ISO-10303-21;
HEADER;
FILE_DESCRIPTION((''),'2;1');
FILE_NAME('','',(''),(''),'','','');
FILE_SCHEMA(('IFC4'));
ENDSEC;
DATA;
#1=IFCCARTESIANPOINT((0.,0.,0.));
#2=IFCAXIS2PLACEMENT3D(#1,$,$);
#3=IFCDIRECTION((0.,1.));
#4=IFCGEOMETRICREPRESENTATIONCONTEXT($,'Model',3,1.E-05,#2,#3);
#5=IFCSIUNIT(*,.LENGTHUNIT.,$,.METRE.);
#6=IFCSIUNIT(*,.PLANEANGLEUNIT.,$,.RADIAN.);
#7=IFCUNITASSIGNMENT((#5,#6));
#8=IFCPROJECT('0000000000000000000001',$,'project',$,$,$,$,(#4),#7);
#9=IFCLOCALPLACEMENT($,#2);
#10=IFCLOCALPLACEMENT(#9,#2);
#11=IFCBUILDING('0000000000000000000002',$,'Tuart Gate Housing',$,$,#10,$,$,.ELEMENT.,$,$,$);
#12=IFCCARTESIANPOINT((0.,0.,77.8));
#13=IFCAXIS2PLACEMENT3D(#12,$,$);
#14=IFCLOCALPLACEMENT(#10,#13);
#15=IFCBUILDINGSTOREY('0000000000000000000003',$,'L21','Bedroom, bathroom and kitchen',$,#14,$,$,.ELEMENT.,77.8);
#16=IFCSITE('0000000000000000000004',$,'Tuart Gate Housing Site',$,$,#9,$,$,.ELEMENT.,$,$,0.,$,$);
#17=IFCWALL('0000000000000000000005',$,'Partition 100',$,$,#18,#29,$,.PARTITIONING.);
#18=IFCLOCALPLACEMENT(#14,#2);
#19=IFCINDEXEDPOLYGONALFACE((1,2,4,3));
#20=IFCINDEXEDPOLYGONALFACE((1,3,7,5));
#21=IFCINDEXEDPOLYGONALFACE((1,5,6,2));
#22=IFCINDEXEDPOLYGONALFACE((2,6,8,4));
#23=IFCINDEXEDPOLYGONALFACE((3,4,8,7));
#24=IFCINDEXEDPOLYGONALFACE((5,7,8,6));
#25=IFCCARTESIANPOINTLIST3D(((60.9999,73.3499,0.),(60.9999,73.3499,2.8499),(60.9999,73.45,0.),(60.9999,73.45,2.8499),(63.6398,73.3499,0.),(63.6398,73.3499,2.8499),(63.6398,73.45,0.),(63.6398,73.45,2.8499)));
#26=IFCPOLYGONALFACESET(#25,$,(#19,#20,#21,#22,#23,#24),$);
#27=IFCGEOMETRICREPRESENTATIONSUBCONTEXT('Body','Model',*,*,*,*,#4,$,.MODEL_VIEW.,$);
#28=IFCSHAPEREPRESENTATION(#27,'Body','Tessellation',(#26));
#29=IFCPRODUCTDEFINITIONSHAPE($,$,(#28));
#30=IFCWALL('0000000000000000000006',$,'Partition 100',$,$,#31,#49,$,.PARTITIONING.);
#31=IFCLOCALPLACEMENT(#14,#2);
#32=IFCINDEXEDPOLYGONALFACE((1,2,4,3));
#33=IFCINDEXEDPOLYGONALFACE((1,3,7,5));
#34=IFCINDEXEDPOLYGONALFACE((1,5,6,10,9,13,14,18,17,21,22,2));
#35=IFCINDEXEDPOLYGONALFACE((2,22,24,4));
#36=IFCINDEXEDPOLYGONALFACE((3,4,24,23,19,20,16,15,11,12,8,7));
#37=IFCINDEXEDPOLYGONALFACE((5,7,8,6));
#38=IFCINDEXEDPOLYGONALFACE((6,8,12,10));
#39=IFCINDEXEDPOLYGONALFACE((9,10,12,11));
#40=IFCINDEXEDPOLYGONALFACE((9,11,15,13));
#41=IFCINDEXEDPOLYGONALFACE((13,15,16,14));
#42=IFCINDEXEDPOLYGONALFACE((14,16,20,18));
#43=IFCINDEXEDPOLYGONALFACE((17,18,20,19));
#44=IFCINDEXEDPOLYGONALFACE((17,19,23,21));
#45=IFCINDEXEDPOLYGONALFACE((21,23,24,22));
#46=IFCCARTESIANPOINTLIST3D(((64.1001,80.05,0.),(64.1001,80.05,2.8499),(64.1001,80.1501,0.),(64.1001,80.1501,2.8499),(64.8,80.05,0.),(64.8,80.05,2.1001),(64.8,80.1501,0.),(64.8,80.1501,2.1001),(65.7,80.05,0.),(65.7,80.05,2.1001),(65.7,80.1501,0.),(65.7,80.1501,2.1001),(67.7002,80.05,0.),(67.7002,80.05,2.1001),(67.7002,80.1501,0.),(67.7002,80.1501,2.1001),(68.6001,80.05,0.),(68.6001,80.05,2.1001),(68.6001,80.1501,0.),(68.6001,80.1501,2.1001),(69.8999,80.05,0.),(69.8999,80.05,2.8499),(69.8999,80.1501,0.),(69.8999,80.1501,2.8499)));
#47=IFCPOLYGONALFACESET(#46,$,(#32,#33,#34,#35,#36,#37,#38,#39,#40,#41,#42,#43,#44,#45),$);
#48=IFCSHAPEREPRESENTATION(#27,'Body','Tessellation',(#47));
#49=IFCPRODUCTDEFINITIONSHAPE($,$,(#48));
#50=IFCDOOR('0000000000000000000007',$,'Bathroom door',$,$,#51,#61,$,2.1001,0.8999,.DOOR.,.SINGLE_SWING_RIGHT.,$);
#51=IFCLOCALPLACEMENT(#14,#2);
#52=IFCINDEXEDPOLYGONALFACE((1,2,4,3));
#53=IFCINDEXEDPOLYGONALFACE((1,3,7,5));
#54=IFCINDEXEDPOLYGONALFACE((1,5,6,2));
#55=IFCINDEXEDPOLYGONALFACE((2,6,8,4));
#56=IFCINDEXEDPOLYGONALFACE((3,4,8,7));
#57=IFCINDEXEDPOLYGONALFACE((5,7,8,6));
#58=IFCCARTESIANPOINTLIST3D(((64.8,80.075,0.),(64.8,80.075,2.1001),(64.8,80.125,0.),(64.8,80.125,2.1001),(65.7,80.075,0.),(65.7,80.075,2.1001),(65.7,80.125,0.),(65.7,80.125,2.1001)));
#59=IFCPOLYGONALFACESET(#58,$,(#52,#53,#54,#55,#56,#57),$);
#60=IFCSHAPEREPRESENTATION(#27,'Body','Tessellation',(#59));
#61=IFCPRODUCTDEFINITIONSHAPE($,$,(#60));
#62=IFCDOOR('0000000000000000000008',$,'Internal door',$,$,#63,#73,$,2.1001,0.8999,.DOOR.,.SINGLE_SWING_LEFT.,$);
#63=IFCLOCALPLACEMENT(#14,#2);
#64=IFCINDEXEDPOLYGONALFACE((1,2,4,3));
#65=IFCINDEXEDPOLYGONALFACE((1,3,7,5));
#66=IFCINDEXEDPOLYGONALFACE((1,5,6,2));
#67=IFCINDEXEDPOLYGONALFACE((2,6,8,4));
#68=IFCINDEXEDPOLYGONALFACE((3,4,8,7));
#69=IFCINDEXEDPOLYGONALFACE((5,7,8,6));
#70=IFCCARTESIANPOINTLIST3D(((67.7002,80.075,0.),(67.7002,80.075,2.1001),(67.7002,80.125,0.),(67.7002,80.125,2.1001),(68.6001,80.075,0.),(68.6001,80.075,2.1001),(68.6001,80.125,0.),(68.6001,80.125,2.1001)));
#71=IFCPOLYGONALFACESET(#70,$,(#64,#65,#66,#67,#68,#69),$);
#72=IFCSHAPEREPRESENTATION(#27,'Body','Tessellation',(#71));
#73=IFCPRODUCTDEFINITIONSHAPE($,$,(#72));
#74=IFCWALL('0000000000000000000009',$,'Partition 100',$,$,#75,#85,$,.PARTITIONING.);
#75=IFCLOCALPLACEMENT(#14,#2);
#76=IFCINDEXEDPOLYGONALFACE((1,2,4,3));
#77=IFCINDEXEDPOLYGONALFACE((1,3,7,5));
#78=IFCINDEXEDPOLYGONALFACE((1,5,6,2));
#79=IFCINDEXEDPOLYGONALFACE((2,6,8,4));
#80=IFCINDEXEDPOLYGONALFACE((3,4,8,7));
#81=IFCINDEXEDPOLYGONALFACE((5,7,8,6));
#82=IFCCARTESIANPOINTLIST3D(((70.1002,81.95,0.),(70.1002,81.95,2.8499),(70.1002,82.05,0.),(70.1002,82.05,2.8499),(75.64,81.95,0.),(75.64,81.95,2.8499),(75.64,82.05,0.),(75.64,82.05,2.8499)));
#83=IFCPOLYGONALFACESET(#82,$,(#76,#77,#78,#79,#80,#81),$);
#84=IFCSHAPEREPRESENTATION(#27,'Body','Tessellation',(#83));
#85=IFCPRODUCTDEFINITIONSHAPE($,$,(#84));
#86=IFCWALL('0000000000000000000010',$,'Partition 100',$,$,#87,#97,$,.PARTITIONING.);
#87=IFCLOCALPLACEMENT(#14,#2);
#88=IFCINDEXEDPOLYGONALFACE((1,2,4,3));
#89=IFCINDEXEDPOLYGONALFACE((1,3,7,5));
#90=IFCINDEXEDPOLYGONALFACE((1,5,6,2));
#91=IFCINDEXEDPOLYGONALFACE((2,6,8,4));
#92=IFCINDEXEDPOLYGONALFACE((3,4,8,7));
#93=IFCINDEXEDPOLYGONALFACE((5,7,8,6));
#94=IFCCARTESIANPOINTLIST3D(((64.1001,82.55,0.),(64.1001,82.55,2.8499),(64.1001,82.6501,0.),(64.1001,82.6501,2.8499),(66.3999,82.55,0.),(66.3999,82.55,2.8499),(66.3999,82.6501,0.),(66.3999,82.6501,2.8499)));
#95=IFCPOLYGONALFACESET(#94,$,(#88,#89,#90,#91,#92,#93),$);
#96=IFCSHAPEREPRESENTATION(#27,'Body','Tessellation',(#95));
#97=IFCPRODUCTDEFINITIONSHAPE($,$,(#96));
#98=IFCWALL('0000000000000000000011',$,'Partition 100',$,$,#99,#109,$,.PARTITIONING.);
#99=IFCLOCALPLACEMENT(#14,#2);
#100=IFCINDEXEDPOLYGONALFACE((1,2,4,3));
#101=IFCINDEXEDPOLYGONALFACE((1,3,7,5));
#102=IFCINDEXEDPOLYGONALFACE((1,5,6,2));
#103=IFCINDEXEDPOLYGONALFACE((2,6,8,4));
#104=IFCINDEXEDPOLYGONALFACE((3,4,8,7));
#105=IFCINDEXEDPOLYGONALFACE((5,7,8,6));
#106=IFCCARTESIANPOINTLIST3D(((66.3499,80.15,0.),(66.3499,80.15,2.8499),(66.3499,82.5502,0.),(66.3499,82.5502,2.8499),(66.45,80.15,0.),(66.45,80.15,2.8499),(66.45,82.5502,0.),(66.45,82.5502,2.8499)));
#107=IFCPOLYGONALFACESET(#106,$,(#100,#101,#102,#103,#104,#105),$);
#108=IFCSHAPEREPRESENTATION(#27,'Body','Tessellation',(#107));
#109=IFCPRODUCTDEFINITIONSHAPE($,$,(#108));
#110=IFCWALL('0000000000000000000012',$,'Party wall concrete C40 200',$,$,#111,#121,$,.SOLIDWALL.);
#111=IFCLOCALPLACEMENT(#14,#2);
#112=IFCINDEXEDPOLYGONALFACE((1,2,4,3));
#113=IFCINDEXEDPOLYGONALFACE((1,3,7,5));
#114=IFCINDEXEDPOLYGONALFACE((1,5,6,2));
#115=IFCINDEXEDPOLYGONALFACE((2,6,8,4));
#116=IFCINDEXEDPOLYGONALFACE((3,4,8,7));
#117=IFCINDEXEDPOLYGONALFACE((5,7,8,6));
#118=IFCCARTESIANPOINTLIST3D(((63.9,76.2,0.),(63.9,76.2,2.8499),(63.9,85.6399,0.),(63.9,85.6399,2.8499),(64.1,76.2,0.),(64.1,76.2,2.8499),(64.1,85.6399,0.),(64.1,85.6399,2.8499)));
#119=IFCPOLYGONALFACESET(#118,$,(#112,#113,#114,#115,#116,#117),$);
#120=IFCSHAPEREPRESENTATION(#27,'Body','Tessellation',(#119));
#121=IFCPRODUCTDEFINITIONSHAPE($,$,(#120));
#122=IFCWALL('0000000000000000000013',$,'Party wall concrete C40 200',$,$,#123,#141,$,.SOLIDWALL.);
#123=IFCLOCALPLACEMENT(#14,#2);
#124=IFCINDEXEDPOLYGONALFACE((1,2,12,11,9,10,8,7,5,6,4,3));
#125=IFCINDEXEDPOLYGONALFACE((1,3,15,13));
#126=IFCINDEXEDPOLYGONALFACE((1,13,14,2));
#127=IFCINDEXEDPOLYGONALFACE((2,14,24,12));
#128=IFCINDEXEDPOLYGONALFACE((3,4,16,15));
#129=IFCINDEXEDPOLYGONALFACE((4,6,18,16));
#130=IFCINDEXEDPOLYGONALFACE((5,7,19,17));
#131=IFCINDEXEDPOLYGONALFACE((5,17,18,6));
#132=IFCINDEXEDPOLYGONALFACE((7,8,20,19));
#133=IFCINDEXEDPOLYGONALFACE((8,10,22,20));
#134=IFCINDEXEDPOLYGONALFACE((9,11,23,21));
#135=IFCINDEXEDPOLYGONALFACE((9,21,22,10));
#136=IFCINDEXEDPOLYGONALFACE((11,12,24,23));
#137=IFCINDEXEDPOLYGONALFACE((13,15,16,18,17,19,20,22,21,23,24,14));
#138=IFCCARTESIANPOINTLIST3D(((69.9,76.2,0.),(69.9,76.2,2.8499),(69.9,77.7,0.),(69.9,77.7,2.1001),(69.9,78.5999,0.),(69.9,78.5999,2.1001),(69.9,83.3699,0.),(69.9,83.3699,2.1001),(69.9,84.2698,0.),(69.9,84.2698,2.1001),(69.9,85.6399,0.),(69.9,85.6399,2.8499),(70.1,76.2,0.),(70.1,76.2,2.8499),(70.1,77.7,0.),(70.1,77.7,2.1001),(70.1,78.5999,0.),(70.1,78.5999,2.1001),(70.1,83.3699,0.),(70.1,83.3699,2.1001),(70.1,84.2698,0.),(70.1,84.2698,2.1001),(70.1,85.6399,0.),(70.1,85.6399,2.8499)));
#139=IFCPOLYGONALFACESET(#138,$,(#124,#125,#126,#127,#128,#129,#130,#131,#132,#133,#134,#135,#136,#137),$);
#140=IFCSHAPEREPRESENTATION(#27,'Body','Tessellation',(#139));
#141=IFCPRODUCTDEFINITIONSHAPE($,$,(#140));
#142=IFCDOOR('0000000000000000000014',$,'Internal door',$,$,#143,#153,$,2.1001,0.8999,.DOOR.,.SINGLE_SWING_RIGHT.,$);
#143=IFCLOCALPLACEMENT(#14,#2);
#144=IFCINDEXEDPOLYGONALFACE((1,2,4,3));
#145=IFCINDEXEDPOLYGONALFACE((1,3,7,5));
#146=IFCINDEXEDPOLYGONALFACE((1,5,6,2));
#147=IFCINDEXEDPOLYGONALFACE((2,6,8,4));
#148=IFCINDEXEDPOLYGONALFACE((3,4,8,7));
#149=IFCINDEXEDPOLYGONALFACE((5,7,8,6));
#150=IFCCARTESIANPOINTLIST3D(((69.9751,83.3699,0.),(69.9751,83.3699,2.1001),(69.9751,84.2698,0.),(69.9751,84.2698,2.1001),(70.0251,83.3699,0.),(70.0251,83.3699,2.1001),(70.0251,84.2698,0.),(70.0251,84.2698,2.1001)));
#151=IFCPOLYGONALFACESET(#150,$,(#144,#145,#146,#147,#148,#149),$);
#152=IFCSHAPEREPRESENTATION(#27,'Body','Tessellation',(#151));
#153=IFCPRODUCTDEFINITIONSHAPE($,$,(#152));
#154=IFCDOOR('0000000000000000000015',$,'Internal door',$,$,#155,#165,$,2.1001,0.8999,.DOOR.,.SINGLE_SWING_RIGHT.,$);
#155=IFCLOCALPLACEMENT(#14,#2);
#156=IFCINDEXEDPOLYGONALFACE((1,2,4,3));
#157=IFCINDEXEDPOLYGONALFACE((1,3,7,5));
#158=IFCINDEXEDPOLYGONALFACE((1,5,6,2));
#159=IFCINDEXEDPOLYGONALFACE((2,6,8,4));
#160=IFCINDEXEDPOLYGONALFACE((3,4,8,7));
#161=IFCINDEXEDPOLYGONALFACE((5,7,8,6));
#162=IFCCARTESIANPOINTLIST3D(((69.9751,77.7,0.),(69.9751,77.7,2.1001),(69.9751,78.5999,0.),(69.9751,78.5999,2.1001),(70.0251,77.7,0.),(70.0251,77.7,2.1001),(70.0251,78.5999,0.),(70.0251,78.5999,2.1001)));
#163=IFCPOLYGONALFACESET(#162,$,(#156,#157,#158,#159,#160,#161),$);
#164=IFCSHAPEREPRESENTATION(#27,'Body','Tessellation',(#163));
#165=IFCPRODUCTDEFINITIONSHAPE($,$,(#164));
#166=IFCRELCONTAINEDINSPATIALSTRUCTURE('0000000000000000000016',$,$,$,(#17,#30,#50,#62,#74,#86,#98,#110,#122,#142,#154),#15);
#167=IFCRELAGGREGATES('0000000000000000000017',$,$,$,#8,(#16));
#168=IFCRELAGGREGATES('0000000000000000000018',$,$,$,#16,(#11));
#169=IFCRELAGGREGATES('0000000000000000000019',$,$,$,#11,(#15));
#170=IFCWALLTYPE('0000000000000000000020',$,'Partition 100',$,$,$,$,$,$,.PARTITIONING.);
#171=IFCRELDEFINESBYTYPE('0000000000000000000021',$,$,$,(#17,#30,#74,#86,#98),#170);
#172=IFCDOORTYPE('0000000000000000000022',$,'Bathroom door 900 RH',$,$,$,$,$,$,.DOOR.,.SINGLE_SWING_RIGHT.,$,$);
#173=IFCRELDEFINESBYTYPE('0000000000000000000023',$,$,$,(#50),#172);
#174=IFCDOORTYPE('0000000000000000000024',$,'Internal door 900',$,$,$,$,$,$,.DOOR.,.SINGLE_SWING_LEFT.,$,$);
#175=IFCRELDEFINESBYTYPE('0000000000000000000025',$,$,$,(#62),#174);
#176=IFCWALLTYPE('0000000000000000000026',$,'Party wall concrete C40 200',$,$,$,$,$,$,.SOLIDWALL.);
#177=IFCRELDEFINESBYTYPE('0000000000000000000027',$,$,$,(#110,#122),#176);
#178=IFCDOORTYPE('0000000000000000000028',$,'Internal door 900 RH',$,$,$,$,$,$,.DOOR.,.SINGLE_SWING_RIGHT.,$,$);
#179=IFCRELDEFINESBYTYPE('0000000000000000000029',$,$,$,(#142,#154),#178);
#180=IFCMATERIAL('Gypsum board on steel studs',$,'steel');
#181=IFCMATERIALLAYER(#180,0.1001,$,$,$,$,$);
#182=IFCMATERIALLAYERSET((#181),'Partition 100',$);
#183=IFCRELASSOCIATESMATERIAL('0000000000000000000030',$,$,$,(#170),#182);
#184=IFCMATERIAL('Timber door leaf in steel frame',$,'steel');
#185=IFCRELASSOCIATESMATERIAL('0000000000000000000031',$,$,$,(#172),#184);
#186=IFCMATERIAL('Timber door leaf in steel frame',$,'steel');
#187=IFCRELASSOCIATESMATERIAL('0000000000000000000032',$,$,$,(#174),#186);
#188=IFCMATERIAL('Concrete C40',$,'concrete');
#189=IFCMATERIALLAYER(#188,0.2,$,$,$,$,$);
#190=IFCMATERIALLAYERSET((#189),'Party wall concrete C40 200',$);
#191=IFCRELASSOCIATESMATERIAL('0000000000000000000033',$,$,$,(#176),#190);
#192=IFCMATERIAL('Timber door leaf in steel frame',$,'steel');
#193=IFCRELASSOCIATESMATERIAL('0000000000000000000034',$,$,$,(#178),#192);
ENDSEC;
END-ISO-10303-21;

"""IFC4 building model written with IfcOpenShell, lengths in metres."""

from ifc_helpers import new_model, si_unit, direction, frame, frame_2d, origin, place, context, subcontext, project, spatial, rectangle, extrude, material, layer, layer_set, type_object, element, fill, save


model = new_model("IFC4")

# Units and contexts
model_context = context("Model", 3, precision=1e-05, world=origin(), true_north=direction((0.0, 1.0)))
body_context = subcontext(model_context, "Body", "Model", "MODEL_VIEW")
ifc_project = project(units=[si_unit("LENGTHUNIT", "METRE"), si_unit("PLANEANGLEUNIT", "RADIAN")], contexts=[model_context])

# Site, building, storey
site_placement = place(None, origin())
site = spatial("IfcSite", under=ifc_project, at=site_placement, Name="Tuart Gate Housing Site", CompositionType="ELEMENT", RefElevation=0.0)
building_placement = place(site_placement, origin())
building = spatial("IfcBuilding", under=site, at=building_placement, Name="Tuart Gate Housing", CompositionType="ELEMENT")
storey_placement = place(building_placement, frame((0.0, 0.0, 77.8)))
storey = spatial("IfcBuildingStorey", under=building, at=storey_placement, Name="L21", Description="Bedroom, bathroom and kitchen", CompositionType="ELEMENT", Elevation=77.8)

# Wall
ifc_material_1 = material(Name="Gypsum board on steel studs", Category="steel")
ifc_layer_1 = layer(ifc_material_1, 0.1001)
ifc_layer_set_1 = layer_set([ifc_layer_1], Name="Partition 100")
wall_type_1 = type_object("IfcWallType", Name="Partition 100", PredefinedType="PARTITIONING", material=ifc_layer_set_1)
wall_1_placement = place(storey_placement, frame((61.0, 73.3999, 0.0), z_axis=(0.0, 0.0, 1.0), x_axis=(1.0, 0.0, 0.0)))
element("IfcWall", 1, at=wall_1_placement, inside=storey, type_object=wall_type_1, Name="Partition 100", PredefinedType="PARTITIONING", context=body_context, shape_type="SweptSolid", body=[
    extrude(rectangle(XDim=2.6399, YDim=0.1001, at=frame_2d((1.3198, 0.0))), origin(), (0.0, 0.0, 1.0), 2.8499),
])

# Wall, openings, doors
wall_2_placement = place(storey_placement, frame((64.1001, 80.1001, 0.0), z_axis=(0.0, 0.0, 1.0), x_axis=(1.0, 0.0, 0.0)))
wall_2 = element("IfcWall", 2, at=wall_2_placement, inside=storey, type_object=wall_type_1, Name="Partition 100", PredefinedType="PARTITIONING", context=body_context, shape_type="SweptSolid", body=[
    extrude(rectangle(XDim=5.7998, YDim=0.1001, at=frame_2d((2.8999, 0.0))), origin(), (0.0, 0.0, 1.0), 2.8499),
])
opening_1_placement = place(wall_2_placement, frame((3.6001, 0.0, 0.0)))
opening_1 = element("IfcOpeningElement", 3, at=opening_1_placement, cuts=wall_2, PredefinedType="OPENING", context=body_context, shape_type="SweptSolid", body=[
    extrude(rectangle(XDim=0.8999, YDim=2.1001, at=frame_2d((0.45, 1.05))), frame((0.0, 0.0601, 0.0), z_axis=(0.0, -1.0, 0.0), x_axis=(1.0, 0.0, 0.0)), (0.0, 0.0, 1.0), 0.1201),
])
opening_2_placement = place(wall_2_placement, frame((0.7, 0.0, 0.0)))
opening_2 = element("IfcOpeningElement", 4, at=opening_2_placement, cuts=wall_2, PredefinedType="OPENING", context=body_context, shape_type="SweptSolid", body=[
    extrude(rectangle(XDim=0.8999, YDim=2.1001, at=frame_2d((0.45, 1.05))), frame((0.0, 0.0601, 0.0), z_axis=(0.0, -1.0, 0.0), x_axis=(1.0, 0.0, 0.0)), (0.0, 0.0, 1.0), 0.1201),
])
ifc_material_2 = material(Name="Timber door leaf in steel frame", Category="steel")
door_type_1 = type_object("IfcDoorType", Name="Bathroom door 900 RH", OperationType="SINGLE_SWING_RIGHT", PredefinedType="DOOR", material=ifc_material_2)
door_1_placement = place(opening_2_placement, origin())
door_1 = element("IfcDoor", 5, at=door_1_placement, inside=storey, type_object=door_type_1, Name="Bathroom door", OperationType="SINGLE_SWING_RIGHT", OverallHeight=2.1001, OverallWidth=0.8999, PredefinedType="DOOR", context=body_context, shape_type="SweptSolid", body=[
    extrude(rectangle(XDim=0.8999, YDim=2.1001, at=frame_2d((0.45, 1.05))), frame((0.0, 0.0249, 0.0), z_axis=(0.0, -1.0, 0.0), x_axis=(1.0, 0.0, 0.0)), (0.0, 0.0, 1.0), 0.05),
])
fill(opening_2, door_1)
ifc_material_3 = material(Name="Timber door leaf in steel frame", Category="steel")
door_type_2 = type_object("IfcDoorType", Name="Internal door 900", OperationType="SINGLE_SWING_LEFT", PredefinedType="DOOR", material=ifc_material_3)
door_2_placement = place(opening_1_placement, frame((0.8999, 0.0, 0.0), z_axis=(0.0, 0.0, 1.0), x_axis=(-1.0, 0.0, 0.0)))
door_2 = element("IfcDoor", 6, at=door_2_placement, inside=storey, type_object=door_type_2, Name="Internal door", OperationType="SINGLE_SWING_LEFT", OverallHeight=2.1001, OverallWidth=0.8999, PredefinedType="DOOR", context=body_context, shape_type="SweptSolid", body=[
    extrude(rectangle(XDim=0.8999, YDim=2.1001, at=frame_2d((0.45, 1.05))), frame((0.0, 0.0251, 0.0), z_axis=(0.0, -1.0, 0.0), x_axis=(1.0, 0.0, 0.0)), (0.0, 0.0, 1.0), 0.05),
])
fill(opening_1, door_2)

# Walls
wall_3_placement = place(storey_placement, frame((70.1001, 82.0, 0.0), z_axis=(0.0, 0.0, 1.0), x_axis=(1.0, 0.0, 0.0)))
element("IfcWall", 7, at=wall_3_placement, inside=storey, type_object=wall_type_1, Name="Partition 100", PredefinedType="PARTITIONING", context=body_context, shape_type="SweptSolid", body=[
    extrude(rectangle(XDim=5.5398, YDim=0.1001, at=frame_2d((2.77, 0.0))), origin(), (0.0, 0.0, 1.0), 2.8499),
])
wall_4_placement = place(storey_placement, frame((64.1001, 82.6001, 0.0), z_axis=(0.0, 0.0, 1.0), x_axis=(1.0, 0.0, 0.0)))
element("IfcWall", 8, at=wall_4_placement, inside=storey, type_object=wall_type_1, Name="Partition 100", PredefinedType="PARTITIONING", context=body_context, shape_type="SweptSolid", body=[
    extrude(rectangle(XDim=2.2998, YDim=0.1001, at=frame_2d((1.1499, 0.0))), origin(), (0.0, 0.0, 1.0), 2.8499),
])
wall_5_placement = place(storey_placement, frame((66.3999, 80.1499, 0.0), z_axis=(0.0, 0.0, 1.0), x_axis=(0.0, 1.0, 0.0)))
element("IfcWall", 9, at=wall_5_placement, inside=storey, type_object=wall_type_1, Name="Partition 100", PredefinedType="PARTITIONING", context=body_context, shape_type="SweptSolid", body=[
    extrude(rectangle(XDim=2.4001, YDim=0.1001, at=frame_2d((1.2002, 0.0))), origin(), (0.0, 0.0, 1.0), 2.8499),
])
ifc_material_4 = material(Name="Concrete C40", Category="concrete")
ifc_layer_2 = layer(ifc_material_4, 0.2)
ifc_layer_set_2 = layer_set([ifc_layer_2], Name="Party wall concrete C40 200")
wall_type_2 = type_object("IfcWallType", Name="Party wall concrete C40 200", PredefinedType="SOLIDWALL", material=ifc_layer_set_2)
wall_6_placement = place(storey_placement, frame((64.0, 76.2, 0.0), z_axis=(0.0, 0.0, 1.0), x_axis=(0.0, 1.0, 0.0)))
element("IfcWall", 10, at=wall_6_placement, inside=storey, type_object=wall_type_2, Name="Party wall concrete C40 200", PredefinedType="SOLIDWALL", context=body_context, shape_type="SweptSolid", body=[
    extrude(rectangle(XDim=9.4399, YDim=0.2, at=frame_2d((4.72, 0.0))), origin(), (0.0, 0.0, 1.0), 2.8499),
])

# Wall, openings, doors
wall_7_placement = place(storey_placement, frame((70.0, 76.2, 0.0), z_axis=(0.0, 0.0, 1.0), x_axis=(0.0, 1.0, 0.0)))
wall_7 = element("IfcWall", 11, at=wall_7_placement, inside=storey, type_object=wall_type_2, Name="Party wall concrete C40 200", PredefinedType="SOLIDWALL", context=body_context, shape_type="SweptSolid", body=[
    extrude(rectangle(XDim=9.4399, YDim=0.2, at=frame_2d((4.72, 0.0))), origin(), (0.0, 0.0, 1.0), 2.8499),
])
opening_3_placement = place(wall_7_placement, frame((7.1699, 0.0, 0.0)))
opening_3 = element("IfcOpeningElement", 12, at=opening_3_placement, cuts=wall_7, PredefinedType="OPENING", context=body_context, shape_type="SweptSolid", body=[
    extrude(rectangle(XDim=0.8999, YDim=2.1001, at=frame_2d((0.45, 1.05))), frame((0.0, 0.1099, 0.0), z_axis=(0.0, -1.0, 0.0), x_axis=(1.0, 0.0, 0.0)), (0.0, 0.0, 1.0), 0.22),
])
opening_4_placement = place(wall_7_placement, frame((1.5, 0.0, 0.0)))
opening_4 = element("IfcOpeningElement", 13, at=opening_4_placement, cuts=wall_7, PredefinedType="OPENING", context=body_context, shape_type="SweptSolid", body=[
    extrude(rectangle(XDim=0.8999, YDim=2.1001, at=frame_2d((0.45, 1.05))), frame((0.0, 0.1099, 0.0), z_axis=(0.0, -1.0, 0.0), x_axis=(1.0, 0.0, 0.0)), (0.0, 0.0, 1.0), 0.22),
])
ifc_material_5 = material(Name="Timber door leaf in steel frame", Category="steel")
door_type_3 = type_object("IfcDoorType", Name="Internal door 900 RH", OperationType="SINGLE_SWING_RIGHT", PredefinedType="DOOR", material=ifc_material_5)
door_3_placement = place(opening_3_placement, frame((0.8999, 0.0, 0.0), z_axis=(0.0, 0.0, 1.0), x_axis=(-1.0, 0.0, 0.0)))
door_3 = element("IfcDoor", 14, at=door_3_placement, inside=storey, type_object=door_type_3, Name="Internal door", OperationType="SINGLE_SWING_RIGHT", OverallHeight=2.1001, OverallWidth=0.8999, PredefinedType="DOOR", context=body_context, shape_type="SweptSolid", body=[
    extrude(rectangle(XDim=0.8999, YDim=2.1001, at=frame_2d((0.45, 1.05))), frame((0.0, 0.0251, 0.0), z_axis=(0.0, -1.0, 0.0), x_axis=(1.0, 0.0, 0.0)), (0.0, 0.0, 1.0), 0.05),
])
fill(opening_3, door_3)
door_4_placement = place(opening_4_placement, frame((0.8999, 0.0, 0.0), z_axis=(0.0, 0.0, 1.0), x_axis=(-1.0, 0.0, 0.0)))
door_4 = element("IfcDoor", 15, at=door_4_placement, inside=storey, type_object=door_type_3, Name="Internal door", OperationType="SINGLE_SWING_RIGHT", OverallHeight=2.1001, OverallWidth=0.8999, PredefinedType="DOOR", context=body_context, shape_type="SweptSolid", body=[
    extrude(rectangle(XDim=0.8999, YDim=2.1001, at=frame_2d((0.45, 1.05))), frame((0.0, 0.0251, 0.0), z_axis=(0.0, -1.0, 0.0), x_axis=(1.0, 0.0, 0.0)), (0.0, 0.0, 1.0), 0.05),
])
fill(opening_4, door_4)

save(model, "model.ifc")
